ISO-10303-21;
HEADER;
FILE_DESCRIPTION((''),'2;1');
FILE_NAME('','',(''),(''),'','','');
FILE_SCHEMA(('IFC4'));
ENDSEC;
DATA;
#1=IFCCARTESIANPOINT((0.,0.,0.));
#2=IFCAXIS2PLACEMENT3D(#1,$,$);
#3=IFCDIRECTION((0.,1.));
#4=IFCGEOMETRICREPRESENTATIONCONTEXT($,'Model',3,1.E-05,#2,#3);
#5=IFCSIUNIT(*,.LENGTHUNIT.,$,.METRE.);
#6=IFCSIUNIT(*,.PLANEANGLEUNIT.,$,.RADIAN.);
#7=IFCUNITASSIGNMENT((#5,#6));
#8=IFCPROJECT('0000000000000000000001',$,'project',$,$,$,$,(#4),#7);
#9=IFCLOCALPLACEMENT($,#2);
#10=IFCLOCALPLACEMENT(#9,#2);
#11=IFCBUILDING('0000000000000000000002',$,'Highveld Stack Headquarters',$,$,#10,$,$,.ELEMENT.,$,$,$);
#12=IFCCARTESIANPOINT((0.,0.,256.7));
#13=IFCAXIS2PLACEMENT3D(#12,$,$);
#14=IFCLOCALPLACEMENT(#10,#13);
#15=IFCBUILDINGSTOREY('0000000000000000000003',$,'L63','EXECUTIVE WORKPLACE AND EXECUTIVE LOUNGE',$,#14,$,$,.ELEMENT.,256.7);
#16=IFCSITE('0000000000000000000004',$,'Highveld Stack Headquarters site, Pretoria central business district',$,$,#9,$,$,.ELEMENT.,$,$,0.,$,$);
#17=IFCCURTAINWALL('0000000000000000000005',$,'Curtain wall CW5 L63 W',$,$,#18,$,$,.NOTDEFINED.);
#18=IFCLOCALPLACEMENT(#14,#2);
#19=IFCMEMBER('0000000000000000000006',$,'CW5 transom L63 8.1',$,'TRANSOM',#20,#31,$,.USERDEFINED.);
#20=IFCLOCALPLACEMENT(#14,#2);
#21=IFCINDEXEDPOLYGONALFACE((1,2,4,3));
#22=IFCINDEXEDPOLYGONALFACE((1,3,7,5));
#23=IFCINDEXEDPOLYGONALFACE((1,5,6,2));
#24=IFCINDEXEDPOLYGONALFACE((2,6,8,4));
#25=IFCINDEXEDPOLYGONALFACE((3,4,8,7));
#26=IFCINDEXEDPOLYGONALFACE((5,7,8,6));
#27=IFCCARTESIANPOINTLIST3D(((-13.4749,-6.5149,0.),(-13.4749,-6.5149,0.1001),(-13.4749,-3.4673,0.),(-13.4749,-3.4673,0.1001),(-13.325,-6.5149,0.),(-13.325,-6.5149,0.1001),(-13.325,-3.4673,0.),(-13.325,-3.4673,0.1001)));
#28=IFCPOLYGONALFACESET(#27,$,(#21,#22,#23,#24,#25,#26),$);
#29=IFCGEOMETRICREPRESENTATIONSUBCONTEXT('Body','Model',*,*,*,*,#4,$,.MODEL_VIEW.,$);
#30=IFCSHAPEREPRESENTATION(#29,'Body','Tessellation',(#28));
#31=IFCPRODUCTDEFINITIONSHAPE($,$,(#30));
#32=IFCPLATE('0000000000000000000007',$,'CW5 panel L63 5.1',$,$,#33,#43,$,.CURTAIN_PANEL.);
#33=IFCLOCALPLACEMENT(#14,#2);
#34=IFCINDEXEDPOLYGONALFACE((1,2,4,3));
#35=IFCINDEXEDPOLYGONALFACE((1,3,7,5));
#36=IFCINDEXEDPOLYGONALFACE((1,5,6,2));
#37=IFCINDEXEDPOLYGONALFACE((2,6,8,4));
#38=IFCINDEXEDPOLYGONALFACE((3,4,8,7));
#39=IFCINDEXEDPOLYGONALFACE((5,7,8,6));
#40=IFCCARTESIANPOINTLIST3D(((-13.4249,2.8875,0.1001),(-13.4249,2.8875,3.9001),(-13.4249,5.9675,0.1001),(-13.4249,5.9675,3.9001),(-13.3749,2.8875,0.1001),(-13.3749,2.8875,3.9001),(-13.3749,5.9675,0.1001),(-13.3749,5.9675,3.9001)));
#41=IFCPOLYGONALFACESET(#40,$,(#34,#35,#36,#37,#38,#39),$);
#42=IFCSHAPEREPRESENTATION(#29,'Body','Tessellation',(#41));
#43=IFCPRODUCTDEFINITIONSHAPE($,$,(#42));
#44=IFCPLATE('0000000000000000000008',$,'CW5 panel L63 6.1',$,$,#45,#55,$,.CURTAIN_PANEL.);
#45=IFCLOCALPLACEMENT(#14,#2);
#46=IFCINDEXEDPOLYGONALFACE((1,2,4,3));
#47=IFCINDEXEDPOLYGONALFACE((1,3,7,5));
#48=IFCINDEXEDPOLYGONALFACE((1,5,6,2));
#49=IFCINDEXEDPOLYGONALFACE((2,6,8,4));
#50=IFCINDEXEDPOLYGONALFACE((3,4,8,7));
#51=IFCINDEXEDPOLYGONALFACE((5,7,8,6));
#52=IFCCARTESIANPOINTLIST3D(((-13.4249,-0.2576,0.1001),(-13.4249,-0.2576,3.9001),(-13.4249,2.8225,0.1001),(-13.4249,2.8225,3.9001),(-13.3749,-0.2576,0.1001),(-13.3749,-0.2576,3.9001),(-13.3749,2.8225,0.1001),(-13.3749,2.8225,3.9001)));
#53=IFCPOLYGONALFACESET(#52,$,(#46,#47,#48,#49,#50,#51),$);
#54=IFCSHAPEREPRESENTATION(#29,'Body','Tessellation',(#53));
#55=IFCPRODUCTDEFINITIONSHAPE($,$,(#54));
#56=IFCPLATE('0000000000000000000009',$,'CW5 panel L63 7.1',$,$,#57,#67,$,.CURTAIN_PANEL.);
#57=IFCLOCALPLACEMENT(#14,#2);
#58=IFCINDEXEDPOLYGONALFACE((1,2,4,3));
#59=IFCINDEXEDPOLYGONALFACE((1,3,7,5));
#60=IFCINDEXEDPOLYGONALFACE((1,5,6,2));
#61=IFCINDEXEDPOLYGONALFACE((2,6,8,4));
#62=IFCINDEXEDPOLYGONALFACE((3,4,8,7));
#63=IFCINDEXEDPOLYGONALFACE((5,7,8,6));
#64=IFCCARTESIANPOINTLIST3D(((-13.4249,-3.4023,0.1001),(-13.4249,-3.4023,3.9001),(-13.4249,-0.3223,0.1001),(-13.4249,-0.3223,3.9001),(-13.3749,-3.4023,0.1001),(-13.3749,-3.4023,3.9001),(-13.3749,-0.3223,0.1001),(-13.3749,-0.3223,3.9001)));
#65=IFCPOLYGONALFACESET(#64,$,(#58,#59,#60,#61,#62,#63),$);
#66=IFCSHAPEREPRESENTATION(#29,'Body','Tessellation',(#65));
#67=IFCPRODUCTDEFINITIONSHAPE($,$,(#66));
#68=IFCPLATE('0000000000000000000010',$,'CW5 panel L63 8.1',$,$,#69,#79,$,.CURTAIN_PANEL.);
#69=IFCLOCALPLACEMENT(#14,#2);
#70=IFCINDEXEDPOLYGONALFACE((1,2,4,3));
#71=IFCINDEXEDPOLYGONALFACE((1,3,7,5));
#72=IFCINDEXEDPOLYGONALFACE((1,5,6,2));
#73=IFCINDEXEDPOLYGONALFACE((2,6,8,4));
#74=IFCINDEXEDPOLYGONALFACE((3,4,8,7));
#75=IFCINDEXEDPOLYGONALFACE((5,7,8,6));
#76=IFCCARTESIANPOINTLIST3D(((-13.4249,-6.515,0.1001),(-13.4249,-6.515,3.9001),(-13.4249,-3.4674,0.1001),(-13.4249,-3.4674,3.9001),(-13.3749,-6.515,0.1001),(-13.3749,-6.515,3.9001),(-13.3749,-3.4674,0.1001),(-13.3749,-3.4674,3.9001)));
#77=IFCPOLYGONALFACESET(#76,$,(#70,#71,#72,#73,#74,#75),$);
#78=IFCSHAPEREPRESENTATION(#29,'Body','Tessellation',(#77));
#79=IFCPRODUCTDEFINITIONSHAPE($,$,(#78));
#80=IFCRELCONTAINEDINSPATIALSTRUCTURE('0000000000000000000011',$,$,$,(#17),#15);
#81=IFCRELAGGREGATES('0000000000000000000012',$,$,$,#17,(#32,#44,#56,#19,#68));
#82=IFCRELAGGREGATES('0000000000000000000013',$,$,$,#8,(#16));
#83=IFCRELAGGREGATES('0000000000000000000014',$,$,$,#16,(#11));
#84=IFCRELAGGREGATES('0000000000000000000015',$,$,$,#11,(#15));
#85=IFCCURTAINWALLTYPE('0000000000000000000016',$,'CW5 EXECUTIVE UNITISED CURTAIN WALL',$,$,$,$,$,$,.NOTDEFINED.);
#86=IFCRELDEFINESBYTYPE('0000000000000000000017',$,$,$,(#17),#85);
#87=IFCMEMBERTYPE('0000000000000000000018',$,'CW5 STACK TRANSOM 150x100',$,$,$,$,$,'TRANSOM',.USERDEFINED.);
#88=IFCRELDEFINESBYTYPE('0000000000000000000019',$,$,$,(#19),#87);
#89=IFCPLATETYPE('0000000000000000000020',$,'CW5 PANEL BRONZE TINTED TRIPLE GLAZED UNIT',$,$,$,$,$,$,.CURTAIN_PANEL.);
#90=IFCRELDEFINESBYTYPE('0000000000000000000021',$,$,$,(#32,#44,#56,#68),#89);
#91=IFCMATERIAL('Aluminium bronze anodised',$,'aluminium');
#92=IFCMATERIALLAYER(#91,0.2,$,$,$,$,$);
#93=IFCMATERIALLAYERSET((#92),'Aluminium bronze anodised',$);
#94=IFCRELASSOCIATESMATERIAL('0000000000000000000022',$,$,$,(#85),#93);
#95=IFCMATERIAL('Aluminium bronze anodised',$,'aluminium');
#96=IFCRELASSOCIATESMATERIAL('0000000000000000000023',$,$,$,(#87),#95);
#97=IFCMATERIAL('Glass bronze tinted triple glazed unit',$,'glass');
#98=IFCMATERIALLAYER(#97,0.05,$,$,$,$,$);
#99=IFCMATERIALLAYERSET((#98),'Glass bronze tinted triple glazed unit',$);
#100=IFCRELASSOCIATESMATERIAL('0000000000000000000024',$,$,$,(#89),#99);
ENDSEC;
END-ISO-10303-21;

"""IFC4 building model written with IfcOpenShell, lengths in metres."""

from ifc_helpers import new_model, si_unit, direction, frame, origin, origin_2d, place, context, subcontext, project, spatial, rectangle, extrude, material, layer, layer_set, material_profile, profile_set, type_object, element, aggregate, save


model = new_model("IFC4")

# Units and contexts
model_context = context("Model", 3, precision=1e-05, world=origin(), true_north=direction((0.0, 1.0)))
body_context = subcontext(model_context, "Body", "Model", "MODEL_VIEW")
ifc_project = project(units=[si_unit("LENGTHUNIT", "METRE"), si_unit("PLANEANGLEUNIT", "RADIAN")], contexts=[model_context])

# Site, building, storey
site_placement = place(None, origin())
site = spatial("IfcSite", under=ifc_project, at=site_placement, Name="Highveld Stack Headquarters site, Pretoria central business district", CompositionType="ELEMENT", RefElevation=0.0)
building_placement = place(site_placement, origin())
building = spatial("IfcBuilding", under=site, at=building_placement, Name="Highveld Stack Headquarters", CompositionType="ELEMENT")
storey_placement = place(building_placement, frame((0.0, 0.0, 256.7)))
storey = spatial("IfcBuildingStorey", under=building, at=storey_placement, Name="L63", Description="EXECUTIVE WORKPLACE AND EXECUTIVE LOUNGE", CompositionType="ELEMENT", Elevation=256.7)

# Curtain wall, member, plates
ifc_material_1 = material(Name="Aluminium bronze anodised", Category="aluminium")
ifc_layer_1 = layer(ifc_material_1, 0.2)
ifc_layer_set_1 = layer_set([ifc_layer_1], Name="Aluminium bronze anodised")
curtain_wall_type = type_object("IfcCurtainWallType", Name="CW5 EXECUTIVE UNITISED CURTAIN WALL", PredefinedType="NOTDEFINED", material=ifc_layer_set_1)
curtain_wall_placement = place(storey_placement, origin())
curtain_wall = element("IfcCurtainWall", 1, at=curtain_wall_placement, inside=storey, type_object=curtain_wall_type, Name="Curtain wall CW5 L63 W", PredefinedType="NOTDEFINED")
ifc_material_2 = material(Name="Aluminium bronze anodised", Category="aluminium")
ifc_material_profile_1 = material_profile(ifc_material_2, rectangle(XDim=0.1499, YDim=0.1001, at=origin_2d()), Name="CW5 TRANSOM 150x100")
ifc_profile_set_1 = profile_set([ifc_material_profile_1], Name="Aluminium bronze anodised")
member_type_1 = type_object("IfcMemberType", Name="CW5 STACK TRANSOM 150x100", ElementType="TRANSOM", PredefinedType="USERDEFINED", material=ifc_profile_set_1)
member_1_placement = place(storey_placement, frame((-13.3999, -3.4673, 0.05), z_axis=(0.0, -1.0, 0.0), x_axis=(1.0, 0.0, 0.0)))
member_1 = element("IfcMember", 2, at=member_1_placement, type_object=member_type_1, Name="CW5 transom L63 8.1", ObjectType="TRANSOM", PredefinedType="USERDEFINED", context=body_context, shape_type="SweptSolid", body=[
    extrude(rectangle(XDim=0.1499, YDim=0.1001, at=origin_2d()), origin(), (0.0, 0.0, 1.0), 3.0476),
])
ifc_material_3 = material(Name="Glass bronze tinted triple glazed unit", Category="glass")
ifc_layer_2 = layer(ifc_material_3, 0.05)
ifc_layer_set_2 = layer_set([ifc_layer_2], Name="Glass bronze tinted triple glazed unit")
plate_type = type_object("IfcPlateType", Name="CW5 PANEL BRONZE TINTED TRIPLE GLAZED UNIT", PredefinedType="CURTAIN_PANEL", material=ifc_layer_set_2)
plate_1_placement = place(storey_placement, frame((-13.3999, 4.4275, 0.1001), z_axis=(0.0, 0.0, 1.0), x_axis=(0.0, -1.0, 0.0)))
plate_1 = element("IfcPlate", 3, at=plate_1_placement, type_object=plate_type, Name="CW5 panel L63 5.1", PredefinedType="CURTAIN_PANEL", context=body_context, shape_type="SweptSolid", body=[
    extrude(rectangle(XDim=3.0801, YDim=0.05, at=origin_2d()), origin(), (0.0, 0.0, 1.0), 3.8),
])
plate_2_placement = place(storey_placement, frame((-13.3999, 1.2825, 0.1001), z_axis=(0.0, 0.0, 1.0), x_axis=(0.0, -1.0, 0.0)))
plate_2 = element("IfcPlate", 4, at=plate_2_placement, type_object=plate_type, Name="CW5 panel L63 6.1", PredefinedType="CURTAIN_PANEL", context=body_context, shape_type="SweptSolid", body=[
    extrude(rectangle(XDim=3.0801, YDim=0.05, at=origin_2d()), origin(), (0.0, 0.0, 1.0), 3.8),
])
plate_3_placement = place(storey_placement, frame((-13.3999, -1.8623, 0.1001), z_axis=(0.0, 0.0, 1.0), x_axis=(0.0, -1.0, 0.0)))
plate_3 = element("IfcPlate", 5, at=plate_3_placement, type_object=plate_type, Name="CW5 panel L63 7.1", PredefinedType="CURTAIN_PANEL", context=body_context, shape_type="SweptSolid", body=[
    extrude(rectangle(XDim=3.0801, YDim=0.05, at=origin_2d()), origin(), (0.0, 0.0, 1.0), 3.8),
])
plate_4_placement = place(storey_placement, frame((-13.3999, -4.9912, 0.1001), z_axis=(0.0, 0.0, 1.0), x_axis=(0.0, -1.0, 0.0)))
plate_4 = element("IfcPlate", 6, at=plate_4_placement, type_object=plate_type, Name="CW5 panel L63 8.1", PredefinedType="CURTAIN_PANEL", context=body_context, shape_type="SweptSolid", body=[
    extrude(rectangle(XDim=3.0476, YDim=0.05, at=origin_2d()), origin(), (0.0, 0.0, 1.0), 3.8),
])
aggregate(curtain_wall, [plate_1, plate_2, plate_3, member_1, plate_4])

save(model, "model.ifc")
